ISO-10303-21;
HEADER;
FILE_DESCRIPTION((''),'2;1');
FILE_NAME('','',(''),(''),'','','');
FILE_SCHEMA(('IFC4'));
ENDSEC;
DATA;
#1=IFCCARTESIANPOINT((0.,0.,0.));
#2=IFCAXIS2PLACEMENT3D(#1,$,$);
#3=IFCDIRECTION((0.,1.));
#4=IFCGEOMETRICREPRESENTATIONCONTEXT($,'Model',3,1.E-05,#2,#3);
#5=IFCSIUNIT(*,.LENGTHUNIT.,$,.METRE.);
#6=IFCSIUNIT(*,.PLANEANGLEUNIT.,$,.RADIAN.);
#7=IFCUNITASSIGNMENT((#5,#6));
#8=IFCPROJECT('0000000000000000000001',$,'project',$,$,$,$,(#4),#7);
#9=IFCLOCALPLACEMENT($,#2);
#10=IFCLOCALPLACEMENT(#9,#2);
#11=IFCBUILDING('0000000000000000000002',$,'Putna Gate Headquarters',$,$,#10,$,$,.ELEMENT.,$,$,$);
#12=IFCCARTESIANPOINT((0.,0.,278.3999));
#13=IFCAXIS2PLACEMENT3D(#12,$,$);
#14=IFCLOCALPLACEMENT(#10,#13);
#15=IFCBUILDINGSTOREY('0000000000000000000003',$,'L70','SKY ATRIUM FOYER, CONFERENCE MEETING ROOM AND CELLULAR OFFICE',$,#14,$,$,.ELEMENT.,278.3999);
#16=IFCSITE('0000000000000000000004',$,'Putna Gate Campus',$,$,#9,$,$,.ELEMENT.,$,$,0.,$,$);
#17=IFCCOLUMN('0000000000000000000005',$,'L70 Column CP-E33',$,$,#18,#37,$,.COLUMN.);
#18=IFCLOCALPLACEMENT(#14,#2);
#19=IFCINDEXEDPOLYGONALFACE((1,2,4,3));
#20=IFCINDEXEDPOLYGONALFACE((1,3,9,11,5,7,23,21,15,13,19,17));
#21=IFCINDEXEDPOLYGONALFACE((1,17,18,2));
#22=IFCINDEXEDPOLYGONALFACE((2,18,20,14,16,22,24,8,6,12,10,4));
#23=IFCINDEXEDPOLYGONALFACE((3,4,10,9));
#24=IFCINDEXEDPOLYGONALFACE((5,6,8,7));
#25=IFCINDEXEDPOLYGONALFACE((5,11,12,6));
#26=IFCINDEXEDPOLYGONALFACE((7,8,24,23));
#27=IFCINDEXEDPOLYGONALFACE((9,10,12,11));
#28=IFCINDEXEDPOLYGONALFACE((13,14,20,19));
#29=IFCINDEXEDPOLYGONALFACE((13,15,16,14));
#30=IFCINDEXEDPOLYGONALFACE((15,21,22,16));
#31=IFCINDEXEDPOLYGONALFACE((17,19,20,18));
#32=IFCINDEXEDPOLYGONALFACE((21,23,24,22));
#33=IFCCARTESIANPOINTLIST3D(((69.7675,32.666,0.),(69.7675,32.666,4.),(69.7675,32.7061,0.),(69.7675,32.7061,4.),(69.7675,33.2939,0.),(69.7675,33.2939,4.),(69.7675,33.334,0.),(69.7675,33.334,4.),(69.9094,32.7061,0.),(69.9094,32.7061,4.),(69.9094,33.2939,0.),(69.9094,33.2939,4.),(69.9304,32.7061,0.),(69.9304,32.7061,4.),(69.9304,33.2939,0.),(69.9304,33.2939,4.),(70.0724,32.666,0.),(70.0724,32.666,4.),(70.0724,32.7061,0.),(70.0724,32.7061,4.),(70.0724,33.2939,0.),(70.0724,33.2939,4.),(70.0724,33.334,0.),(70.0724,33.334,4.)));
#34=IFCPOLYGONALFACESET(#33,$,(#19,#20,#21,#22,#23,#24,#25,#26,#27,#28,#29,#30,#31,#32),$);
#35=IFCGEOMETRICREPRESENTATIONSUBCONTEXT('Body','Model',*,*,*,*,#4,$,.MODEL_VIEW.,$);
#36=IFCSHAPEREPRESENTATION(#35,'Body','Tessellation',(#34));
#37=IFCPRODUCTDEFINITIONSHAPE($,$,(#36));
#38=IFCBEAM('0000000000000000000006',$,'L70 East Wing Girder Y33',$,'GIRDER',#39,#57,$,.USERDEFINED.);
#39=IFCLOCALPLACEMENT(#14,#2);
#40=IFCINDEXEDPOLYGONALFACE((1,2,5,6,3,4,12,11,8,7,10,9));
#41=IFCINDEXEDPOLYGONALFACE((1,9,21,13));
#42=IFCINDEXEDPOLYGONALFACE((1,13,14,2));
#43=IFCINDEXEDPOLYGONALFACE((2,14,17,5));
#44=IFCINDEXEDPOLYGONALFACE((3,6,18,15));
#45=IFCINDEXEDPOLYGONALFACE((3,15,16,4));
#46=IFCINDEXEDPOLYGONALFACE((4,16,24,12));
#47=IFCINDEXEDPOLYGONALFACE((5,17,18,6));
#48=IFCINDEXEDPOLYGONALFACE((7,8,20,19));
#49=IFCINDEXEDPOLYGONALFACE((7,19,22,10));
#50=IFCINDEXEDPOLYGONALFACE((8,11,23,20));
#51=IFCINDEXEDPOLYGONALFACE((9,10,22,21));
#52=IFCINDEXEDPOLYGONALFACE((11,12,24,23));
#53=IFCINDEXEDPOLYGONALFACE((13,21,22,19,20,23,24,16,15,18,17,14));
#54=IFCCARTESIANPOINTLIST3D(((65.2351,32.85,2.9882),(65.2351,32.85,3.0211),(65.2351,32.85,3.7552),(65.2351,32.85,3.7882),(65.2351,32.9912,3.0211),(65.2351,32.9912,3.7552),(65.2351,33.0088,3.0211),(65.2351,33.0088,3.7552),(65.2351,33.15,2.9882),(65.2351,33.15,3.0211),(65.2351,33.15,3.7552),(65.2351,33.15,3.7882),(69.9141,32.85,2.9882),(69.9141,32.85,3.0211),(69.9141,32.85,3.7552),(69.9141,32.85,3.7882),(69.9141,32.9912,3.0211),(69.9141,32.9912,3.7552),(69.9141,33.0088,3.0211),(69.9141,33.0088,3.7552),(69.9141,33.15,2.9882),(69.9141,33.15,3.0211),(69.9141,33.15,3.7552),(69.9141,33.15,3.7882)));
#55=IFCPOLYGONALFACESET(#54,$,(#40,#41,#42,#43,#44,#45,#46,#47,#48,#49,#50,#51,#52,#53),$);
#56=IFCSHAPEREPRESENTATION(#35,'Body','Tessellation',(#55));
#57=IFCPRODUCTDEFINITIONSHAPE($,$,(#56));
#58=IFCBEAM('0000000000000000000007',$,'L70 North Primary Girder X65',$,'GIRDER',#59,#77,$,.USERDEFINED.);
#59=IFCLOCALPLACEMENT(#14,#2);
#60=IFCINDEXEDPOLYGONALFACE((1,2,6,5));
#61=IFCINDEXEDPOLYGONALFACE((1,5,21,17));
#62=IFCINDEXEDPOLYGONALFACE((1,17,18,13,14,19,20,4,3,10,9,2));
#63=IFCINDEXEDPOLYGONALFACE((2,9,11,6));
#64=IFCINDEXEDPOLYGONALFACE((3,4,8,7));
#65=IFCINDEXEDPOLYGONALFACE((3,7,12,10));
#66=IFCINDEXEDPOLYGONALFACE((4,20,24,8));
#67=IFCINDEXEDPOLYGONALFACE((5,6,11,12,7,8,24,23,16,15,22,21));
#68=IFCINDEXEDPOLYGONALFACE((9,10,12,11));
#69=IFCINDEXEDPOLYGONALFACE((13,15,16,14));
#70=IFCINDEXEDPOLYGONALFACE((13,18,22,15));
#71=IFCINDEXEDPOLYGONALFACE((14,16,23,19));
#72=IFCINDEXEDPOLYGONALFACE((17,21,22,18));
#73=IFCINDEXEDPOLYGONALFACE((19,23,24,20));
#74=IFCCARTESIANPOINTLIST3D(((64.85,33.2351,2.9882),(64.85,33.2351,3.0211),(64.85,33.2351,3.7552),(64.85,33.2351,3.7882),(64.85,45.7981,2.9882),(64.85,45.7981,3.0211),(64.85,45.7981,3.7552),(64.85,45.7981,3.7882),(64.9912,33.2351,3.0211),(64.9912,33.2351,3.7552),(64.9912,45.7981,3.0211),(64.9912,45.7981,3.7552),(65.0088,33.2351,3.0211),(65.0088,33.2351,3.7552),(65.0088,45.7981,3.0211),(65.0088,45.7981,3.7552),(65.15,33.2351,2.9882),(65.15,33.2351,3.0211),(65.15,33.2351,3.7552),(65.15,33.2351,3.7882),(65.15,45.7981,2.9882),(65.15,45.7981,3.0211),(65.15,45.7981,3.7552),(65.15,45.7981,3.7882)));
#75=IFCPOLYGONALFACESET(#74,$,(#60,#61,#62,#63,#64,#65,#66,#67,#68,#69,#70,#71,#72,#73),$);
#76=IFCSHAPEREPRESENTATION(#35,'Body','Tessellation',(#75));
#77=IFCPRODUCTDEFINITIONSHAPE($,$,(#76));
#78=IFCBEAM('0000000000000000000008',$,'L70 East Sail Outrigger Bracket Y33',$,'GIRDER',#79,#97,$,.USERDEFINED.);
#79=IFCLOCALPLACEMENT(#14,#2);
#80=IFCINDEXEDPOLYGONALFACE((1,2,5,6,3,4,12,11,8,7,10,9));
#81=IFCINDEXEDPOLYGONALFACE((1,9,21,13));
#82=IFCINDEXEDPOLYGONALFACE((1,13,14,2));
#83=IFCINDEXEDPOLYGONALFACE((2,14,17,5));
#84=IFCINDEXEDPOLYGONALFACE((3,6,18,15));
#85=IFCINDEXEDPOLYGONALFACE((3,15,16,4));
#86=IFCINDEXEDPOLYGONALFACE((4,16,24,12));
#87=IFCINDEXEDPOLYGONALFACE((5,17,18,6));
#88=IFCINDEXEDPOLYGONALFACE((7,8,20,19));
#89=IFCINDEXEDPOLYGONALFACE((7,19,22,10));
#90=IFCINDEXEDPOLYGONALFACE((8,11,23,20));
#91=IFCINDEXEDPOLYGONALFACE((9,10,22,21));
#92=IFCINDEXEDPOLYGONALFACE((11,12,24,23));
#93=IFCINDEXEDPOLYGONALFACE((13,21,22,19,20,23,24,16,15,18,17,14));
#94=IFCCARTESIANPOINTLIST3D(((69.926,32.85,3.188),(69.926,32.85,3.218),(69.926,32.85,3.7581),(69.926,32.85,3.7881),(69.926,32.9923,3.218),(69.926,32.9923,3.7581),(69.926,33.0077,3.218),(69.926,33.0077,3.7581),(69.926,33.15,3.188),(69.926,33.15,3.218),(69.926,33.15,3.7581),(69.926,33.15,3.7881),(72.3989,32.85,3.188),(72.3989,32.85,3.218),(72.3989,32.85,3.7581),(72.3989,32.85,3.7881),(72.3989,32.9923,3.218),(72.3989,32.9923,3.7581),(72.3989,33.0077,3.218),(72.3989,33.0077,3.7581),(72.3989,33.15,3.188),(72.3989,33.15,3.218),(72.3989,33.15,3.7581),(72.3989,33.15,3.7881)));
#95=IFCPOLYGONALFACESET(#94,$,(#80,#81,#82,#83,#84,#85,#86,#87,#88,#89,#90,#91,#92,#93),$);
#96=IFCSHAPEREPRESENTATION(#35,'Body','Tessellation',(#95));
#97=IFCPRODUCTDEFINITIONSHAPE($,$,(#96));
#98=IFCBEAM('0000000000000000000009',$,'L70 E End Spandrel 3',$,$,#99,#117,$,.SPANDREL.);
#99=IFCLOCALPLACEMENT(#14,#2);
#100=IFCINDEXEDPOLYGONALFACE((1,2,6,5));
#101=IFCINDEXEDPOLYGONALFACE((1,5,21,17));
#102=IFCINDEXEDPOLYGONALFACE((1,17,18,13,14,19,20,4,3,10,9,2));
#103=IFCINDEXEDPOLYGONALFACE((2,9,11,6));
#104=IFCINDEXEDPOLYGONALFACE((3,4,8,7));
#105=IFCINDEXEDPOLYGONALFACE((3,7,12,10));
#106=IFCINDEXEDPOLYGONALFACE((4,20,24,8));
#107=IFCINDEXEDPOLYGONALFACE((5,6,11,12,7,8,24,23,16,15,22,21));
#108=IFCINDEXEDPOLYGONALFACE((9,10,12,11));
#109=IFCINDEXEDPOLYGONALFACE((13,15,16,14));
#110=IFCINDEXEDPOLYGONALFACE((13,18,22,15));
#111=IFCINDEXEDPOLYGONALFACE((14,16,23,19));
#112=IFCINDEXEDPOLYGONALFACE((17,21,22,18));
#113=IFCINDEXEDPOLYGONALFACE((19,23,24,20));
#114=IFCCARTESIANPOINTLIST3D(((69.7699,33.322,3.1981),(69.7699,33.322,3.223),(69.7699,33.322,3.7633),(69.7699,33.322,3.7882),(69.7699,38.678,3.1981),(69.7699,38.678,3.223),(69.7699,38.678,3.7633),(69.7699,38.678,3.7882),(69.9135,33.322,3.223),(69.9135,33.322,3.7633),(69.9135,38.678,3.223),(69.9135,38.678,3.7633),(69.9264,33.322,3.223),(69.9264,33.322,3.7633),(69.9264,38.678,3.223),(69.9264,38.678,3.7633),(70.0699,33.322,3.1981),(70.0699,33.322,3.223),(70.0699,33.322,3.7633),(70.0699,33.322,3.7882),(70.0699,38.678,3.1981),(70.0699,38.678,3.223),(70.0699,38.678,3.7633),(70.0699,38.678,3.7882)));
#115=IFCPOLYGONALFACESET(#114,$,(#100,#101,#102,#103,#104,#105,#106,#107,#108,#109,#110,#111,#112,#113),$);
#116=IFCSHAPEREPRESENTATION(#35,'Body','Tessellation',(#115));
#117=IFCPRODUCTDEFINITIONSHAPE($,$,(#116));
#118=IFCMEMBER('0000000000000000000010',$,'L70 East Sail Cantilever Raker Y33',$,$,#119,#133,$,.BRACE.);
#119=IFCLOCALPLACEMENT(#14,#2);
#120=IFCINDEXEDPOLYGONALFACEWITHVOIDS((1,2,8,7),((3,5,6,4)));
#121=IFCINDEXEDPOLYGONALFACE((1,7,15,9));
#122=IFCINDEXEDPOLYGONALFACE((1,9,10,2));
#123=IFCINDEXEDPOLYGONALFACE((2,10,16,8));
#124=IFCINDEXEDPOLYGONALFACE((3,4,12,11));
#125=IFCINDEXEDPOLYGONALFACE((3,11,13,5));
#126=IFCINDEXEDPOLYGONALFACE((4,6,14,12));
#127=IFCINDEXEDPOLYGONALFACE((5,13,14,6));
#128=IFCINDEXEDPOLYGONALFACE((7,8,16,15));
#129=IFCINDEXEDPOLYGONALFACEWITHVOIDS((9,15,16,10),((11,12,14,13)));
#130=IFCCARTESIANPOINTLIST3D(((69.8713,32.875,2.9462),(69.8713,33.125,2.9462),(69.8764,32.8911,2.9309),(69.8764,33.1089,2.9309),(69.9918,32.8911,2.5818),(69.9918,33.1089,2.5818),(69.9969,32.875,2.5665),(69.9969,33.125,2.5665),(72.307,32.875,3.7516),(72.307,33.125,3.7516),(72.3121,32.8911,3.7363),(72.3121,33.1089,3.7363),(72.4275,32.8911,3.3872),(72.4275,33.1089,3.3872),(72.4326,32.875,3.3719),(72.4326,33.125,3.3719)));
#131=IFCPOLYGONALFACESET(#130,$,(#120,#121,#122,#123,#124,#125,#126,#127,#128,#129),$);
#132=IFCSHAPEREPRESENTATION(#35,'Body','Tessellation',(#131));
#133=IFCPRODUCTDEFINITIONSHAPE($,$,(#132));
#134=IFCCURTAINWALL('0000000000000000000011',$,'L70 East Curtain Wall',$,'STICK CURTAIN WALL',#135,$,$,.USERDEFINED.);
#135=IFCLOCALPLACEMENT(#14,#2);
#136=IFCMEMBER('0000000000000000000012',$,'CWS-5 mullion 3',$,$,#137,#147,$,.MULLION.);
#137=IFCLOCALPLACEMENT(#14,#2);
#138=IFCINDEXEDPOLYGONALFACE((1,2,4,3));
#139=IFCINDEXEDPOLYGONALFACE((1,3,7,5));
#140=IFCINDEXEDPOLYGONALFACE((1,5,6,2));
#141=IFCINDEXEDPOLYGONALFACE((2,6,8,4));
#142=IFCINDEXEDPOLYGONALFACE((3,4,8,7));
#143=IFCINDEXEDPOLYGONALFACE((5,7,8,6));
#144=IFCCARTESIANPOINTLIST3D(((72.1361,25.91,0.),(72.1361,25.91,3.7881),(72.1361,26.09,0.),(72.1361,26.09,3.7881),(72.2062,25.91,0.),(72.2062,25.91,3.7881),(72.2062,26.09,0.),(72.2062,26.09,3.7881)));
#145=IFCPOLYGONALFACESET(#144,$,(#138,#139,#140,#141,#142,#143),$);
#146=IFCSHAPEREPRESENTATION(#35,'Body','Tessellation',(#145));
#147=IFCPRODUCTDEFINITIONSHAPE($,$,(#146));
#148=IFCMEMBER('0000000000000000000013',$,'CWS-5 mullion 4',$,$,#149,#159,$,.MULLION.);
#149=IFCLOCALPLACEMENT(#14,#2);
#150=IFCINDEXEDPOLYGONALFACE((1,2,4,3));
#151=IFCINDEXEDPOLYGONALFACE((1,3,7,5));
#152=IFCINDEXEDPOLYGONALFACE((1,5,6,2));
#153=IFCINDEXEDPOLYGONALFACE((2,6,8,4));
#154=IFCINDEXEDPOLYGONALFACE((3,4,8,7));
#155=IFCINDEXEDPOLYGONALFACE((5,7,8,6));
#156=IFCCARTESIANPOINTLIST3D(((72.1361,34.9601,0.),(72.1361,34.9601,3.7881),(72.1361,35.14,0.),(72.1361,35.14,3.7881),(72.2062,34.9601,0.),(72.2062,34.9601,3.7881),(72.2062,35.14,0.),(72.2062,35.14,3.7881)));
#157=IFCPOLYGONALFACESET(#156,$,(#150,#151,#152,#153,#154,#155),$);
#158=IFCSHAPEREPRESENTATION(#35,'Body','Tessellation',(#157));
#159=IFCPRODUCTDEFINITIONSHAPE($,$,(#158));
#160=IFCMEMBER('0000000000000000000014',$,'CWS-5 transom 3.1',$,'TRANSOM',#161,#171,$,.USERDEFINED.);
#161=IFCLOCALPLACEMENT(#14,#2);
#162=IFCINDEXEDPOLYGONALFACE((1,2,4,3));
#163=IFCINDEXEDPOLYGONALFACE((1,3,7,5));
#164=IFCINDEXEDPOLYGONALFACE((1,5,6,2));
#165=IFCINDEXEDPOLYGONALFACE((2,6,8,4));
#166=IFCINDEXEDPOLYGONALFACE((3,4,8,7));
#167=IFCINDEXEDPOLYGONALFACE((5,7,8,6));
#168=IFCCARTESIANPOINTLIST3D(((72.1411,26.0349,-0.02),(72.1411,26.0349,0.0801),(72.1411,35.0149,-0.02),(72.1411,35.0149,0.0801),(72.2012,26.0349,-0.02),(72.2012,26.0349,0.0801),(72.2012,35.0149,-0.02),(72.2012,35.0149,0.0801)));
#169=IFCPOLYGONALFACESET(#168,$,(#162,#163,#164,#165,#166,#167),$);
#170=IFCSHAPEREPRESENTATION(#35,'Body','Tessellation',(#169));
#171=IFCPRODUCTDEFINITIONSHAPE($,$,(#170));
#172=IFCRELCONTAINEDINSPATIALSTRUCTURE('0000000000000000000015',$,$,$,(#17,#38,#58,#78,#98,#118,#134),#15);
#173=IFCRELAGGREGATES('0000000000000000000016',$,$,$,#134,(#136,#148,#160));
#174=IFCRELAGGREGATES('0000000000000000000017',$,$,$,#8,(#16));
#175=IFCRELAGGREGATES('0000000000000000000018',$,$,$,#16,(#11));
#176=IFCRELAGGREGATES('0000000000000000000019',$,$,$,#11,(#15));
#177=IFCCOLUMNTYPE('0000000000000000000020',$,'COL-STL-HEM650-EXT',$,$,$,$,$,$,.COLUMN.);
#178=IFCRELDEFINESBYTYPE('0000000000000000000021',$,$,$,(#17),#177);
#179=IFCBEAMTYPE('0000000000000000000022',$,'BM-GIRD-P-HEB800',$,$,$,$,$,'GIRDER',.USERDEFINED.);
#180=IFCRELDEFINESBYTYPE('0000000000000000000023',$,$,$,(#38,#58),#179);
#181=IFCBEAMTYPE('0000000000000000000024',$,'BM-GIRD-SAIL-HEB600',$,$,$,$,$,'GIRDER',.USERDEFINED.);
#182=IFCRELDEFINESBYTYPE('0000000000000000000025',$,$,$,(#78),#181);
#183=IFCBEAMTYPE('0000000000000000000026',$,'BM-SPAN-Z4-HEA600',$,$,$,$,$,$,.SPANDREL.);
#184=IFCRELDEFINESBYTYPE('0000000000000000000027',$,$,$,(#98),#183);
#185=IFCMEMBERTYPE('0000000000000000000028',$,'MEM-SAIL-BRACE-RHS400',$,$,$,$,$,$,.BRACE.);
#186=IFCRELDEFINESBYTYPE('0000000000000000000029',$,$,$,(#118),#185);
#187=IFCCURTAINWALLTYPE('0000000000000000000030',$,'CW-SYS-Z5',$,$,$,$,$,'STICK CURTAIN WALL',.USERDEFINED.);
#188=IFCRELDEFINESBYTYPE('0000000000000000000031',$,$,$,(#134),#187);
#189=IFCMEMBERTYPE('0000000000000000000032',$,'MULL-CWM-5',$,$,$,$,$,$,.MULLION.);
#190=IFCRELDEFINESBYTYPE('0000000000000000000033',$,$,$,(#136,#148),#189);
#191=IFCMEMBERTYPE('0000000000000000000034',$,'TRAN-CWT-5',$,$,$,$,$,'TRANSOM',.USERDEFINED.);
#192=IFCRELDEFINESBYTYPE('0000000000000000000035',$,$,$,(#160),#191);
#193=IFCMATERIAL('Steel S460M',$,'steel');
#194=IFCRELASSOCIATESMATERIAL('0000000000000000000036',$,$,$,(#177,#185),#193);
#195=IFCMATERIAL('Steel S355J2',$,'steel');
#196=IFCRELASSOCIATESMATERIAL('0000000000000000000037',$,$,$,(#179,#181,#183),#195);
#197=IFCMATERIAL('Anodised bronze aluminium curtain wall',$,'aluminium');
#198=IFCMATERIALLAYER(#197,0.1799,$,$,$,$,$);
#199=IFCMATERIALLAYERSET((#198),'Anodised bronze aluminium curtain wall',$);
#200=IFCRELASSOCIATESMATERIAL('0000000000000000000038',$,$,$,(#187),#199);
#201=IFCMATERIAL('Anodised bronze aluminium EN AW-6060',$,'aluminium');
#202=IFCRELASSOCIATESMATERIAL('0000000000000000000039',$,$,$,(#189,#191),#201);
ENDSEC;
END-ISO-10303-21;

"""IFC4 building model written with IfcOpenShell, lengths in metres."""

from ifc_helpers import new_model, si_unit, direction, frame, origin, origin_2d, place, context, subcontext, project, spatial, rectangle, hollow_rectangle, i_section, extrude, material, layer, layer_set, material_profile, profile_set, type_object, element, aggregate, save


model = new_model("IFC4")

# Units and contexts
model_context = context("Model", 3, precision=1e-05, world=origin(), true_north=direction((0.0, 1.0)))
body_context = subcontext(model_context, "Body", "Model", "MODEL_VIEW")
ifc_project = project(units=[si_unit("LENGTHUNIT", "METRE"), si_unit("PLANEANGLEUNIT", "RADIAN")], contexts=[model_context])

# Site, building, storey
site_placement = place(None, origin())
site = spatial("IfcSite", under=ifc_project, at=site_placement, Name="Putna Gate Campus", CompositionType="ELEMENT", RefElevation=0.0)
building_placement = place(site_placement, origin())
building = spatial("IfcBuilding", under=site, at=building_placement, Name="Putna Gate Headquarters", CompositionType="ELEMENT")
storey_placement = place(building_placement, frame((0.0, 0.0, 278.3999)))
storey = spatial("IfcBuildingStorey", under=building, at=storey_placement, Name="L70", Description="SKY ATRIUM FOYER, CONFERENCE MEETING ROOM AND CELLULAR OFFICE", CompositionType="ELEMENT", Elevation=278.3999)

# Column
ifc_material_1 = material(Name="Steel S460M", Category="steel")
ifc_material_profile_1 = material_profile(ifc_material_1, i_section(OverallWidth=0.3049, OverallDepth=0.668, WebThickness=0.021, FlangeThickness=0.04, at=origin_2d()), Name="Steel S460M")
ifc_profile_set_1 = profile_set([ifc_material_profile_1], Name="Steel S460M")
column_type = type_object("IfcColumnType", Name="COL-STL-HEM650-EXT", PredefinedType="COLUMN", material=ifc_profile_set_1)
column_placement = place(storey_placement, frame((69.9199, 33.0, 0.0), z_axis=(0.0, 0.0, 1.0), x_axis=(1.0, 0.0, 0.0)))
element("IfcColumn", 1, at=column_placement, inside=storey, type_object=column_type, Name="L70 Column CP-E33", PredefinedType="COLUMN", context=body_context, shape_type="SweptSolid", body=[
    extrude(i_section(OverallWidth=0.3049, OverallDepth=0.668, WebThickness=0.021, FlangeThickness=0.04, at=origin_2d()), origin(), (0.0, 0.0, 1.0), 4.0),
])

# Beams
ifc_material_2 = material(Name="Steel S355J2", Category="steel")
ifc_material_profile_2 = material_profile(ifc_material_2, i_section(OverallWidth=0.3, OverallDepth=0.8, WebThickness=0.0176, FlangeThickness=0.033, at=origin_2d()), Name="Steel S355J2")
ifc_profile_set_2 = profile_set([ifc_material_profile_2], Name="Steel S355J2")
beam_type_1 = type_object("IfcBeamType", Name="BM-GIRD-P-HEB800", ElementType="GIRDER", PredefinedType="USERDEFINED", material=ifc_profile_set_2)
beam_1_placement = place(storey_placement, frame((65.2351, 33.0, 3.3882), z_axis=(1.0, 0.0, 0.0), x_axis=(0.0, 1.0, 0.0)))
element("IfcBeam", 2, at=beam_1_placement, inside=storey, type_object=beam_type_1, Name="L70 East Wing Girder Y33", ObjectType="GIRDER", PredefinedType="USERDEFINED", context=body_context, shape_type="SweptSolid", body=[
    extrude(i_section(OverallWidth=0.3, OverallDepth=0.8, WebThickness=0.0176, FlangeThickness=0.033, at=origin_2d()), origin(), (0.0, 0.0, 1.0), 4.679),
])
beam_2_placement = place(storey_placement, frame((65.0, 33.2351, 3.3882), z_axis=(0.0, 1.0, 0.0), x_axis=(-1.0, 0.0, 0.0)))
element("IfcBeam", 3, at=beam_2_placement, inside=storey, type_object=beam_type_1, Name="L70 North Primary Girder X65", ObjectType="GIRDER", PredefinedType="USERDEFINED", context=body_context, shape_type="SweptSolid", body=[
    extrude(i_section(OverallWidth=0.3, OverallDepth=0.8, WebThickness=0.0176, FlangeThickness=0.033, at=origin_2d()), origin(), (0.0, 0.0, 1.0), 12.563),
])
ifc_material_profile_3 = material_profile(ifc_material_2, i_section(OverallWidth=0.3, OverallDepth=0.6001, WebThickness=0.0154, FlangeThickness=0.03, at=origin_2d()), Name="Steel S355J2")
ifc_profile_set_3 = profile_set([ifc_material_profile_3], Name="Steel S355J2")
beam_type_2 = type_object("IfcBeamType", Name="BM-GIRD-SAIL-HEB600", ElementType="GIRDER", PredefinedType="USERDEFINED", material=ifc_profile_set_3)
beam_3_placement = place(storey_placement, frame((69.926, 33.0, 3.488), z_axis=(1.0, 0.0, 0.0), x_axis=(0.0, 1.0, 0.0)))
element("IfcBeam", 4, at=beam_3_placement, inside=storey, type_object=beam_type_2, Name="L70 East Sail Outrigger Bracket Y33", ObjectType="GIRDER", PredefinedType="USERDEFINED", context=body_context, shape_type="SweptSolid", body=[
    extrude(i_section(OverallWidth=0.3, OverallDepth=0.6001, WebThickness=0.0154, FlangeThickness=0.03, at=origin_2d()), origin(), (0.0, 0.0, 1.0), 2.4729),
])
ifc_material_profile_4 = material_profile(ifc_material_2, i_section(OverallWidth=0.3, OverallDepth=0.5901, WebThickness=0.0129, FlangeThickness=0.0249, at=origin_2d()), Name="Steel S355J2")
ifc_profile_set_4 = profile_set([ifc_material_profile_4], Name="Steel S355J2")
beam_type_3 = type_object("IfcBeamType", Name="BM-SPAN-Z4-HEA600", PredefinedType="SPANDREL", material=ifc_profile_set_4)
beam_4_placement = place(storey_placement, frame((69.9199, 33.322, 3.4932), z_axis=(0.0, 1.0, 0.0), x_axis=(-1.0, 0.0, 0.0)))
element("IfcBeam", 5, at=beam_4_placement, inside=storey, type_object=beam_type_3, Name="L70 E End Spandrel 3", PredefinedType="SPANDREL", context=body_context, shape_type="SweptSolid", body=[
    extrude(i_section(OverallWidth=0.3, OverallDepth=0.5901, WebThickness=0.0129, FlangeThickness=0.0249, at=origin_2d()), origin(), (0.0, 0.0, 1.0), 5.356),
])

# Member
ifc_material_profile_5 = material_profile(ifc_material_1, hollow_rectangle(XDim=0.25, YDim=0.3999, WallThickness=0.0161, at=origin_2d()), Name="Steel S460M")
ifc_profile_set_5 = profile_set([ifc_material_profile_5], Name="Steel S460M")
member_type_1 = type_object("IfcMemberType", Name="MEM-SAIL-BRACE-RHS400", PredefinedType="BRACE", material=ifc_profile_set_5)
member_1_placement = place(storey_placement, frame((69.9341, 33.0, 2.7563), z_axis=(0.949442, 0.0, 0.313943), x_axis=(0.0, 1.0, 0.0)))
element("IfcMember", 6, at=member_1_placement, inside=storey, type_object=member_type_1, Name="L70 East Sail Cantilever Raker Y33", PredefinedType="BRACE", context=body_context, shape_type="SweptSolid", body=[
    extrude(hollow_rectangle(XDim=0.25, YDim=0.3999, WallThickness=0.0161, at=origin_2d()), origin(), (0.0, 0.0, 1.0), 2.5654),
])

# Curtain wall, members
ifc_material_3 = material(Name="Anodised bronze aluminium curtain wall", Category="aluminium")
ifc_layer_1 = layer(ifc_material_3, 0.1799)
ifc_layer_set_1 = layer_set([ifc_layer_1], Name="Anodised bronze aluminium curtain wall")
curtain_wall_type = type_object("IfcCurtainWallType", Name="CW-SYS-Z5", ElementType="STICK CURTAIN WALL", PredefinedType="USERDEFINED", material=ifc_layer_set_1)
curtain_wall_placement = place(storey_placement, origin())
curtain_wall = element("IfcCurtainWall", 7, at=curtain_wall_placement, inside=storey, type_object=curtain_wall_type, Name="L70 East Curtain Wall", ObjectType="STICK CURTAIN WALL", PredefinedType="USERDEFINED")
ifc_material_4 = material(Name="Anodised bronze aluminium EN AW-6060", Category="aluminium")
ifc_material_profile_6 = material_profile(ifc_material_4, rectangle(XDim=0.0701, YDim=0.1799, at=origin_2d()), Name="Anodised bronze aluminium EN AW-6060")
ifc_profile_set_6 = profile_set([ifc_material_profile_6], Name="Anodised bronze aluminium EN AW-6060")
member_type_2 = type_object("IfcMemberType", Name="MULL-CWM-5", PredefinedType="MULLION", material=ifc_profile_set_6)
member_2_placement = place(storey_placement, frame((72.1711, 26.0, 0.0), z_axis=(0.0, 0.0, 1.0), x_axis=(-1.0, 0.0, 0.0)))
member_2 = element("IfcMember", 8, at=member_2_placement, type_object=member_type_2, Name="CWS-5 mullion 3", PredefinedType="MULLION", context=body_context, shape_type="SweptSolid", body=[
    extrude(rectangle(XDim=0.0701, YDim=0.1799, at=origin_2d()), origin(), (0.0, 0.0, 1.0), 3.7881),
])
member_3_placement = place(storey_placement, frame((72.1711, 35.05, 0.0), z_axis=(0.0, 0.0, 1.0), x_axis=(-1.0, 0.0, 0.0)))
member_3 = element("IfcMember", 9, at=member_3_placement, type_object=member_type_2, Name="CWS-5 mullion 4", PredefinedType="MULLION", context=body_context, shape_type="SweptSolid", body=[
    extrude(rectangle(XDim=0.0701, YDim=0.1799, at=origin_2d()), origin(), (0.0, 0.0, 1.0), 3.7881),
])
ifc_material_profile_7 = material_profile(ifc_material_4, rectangle(XDim=0.0601, YDim=0.1001, at=origin_2d()), Name="Anodised bronze aluminium EN AW-6060")
ifc_profile_set_7 = profile_set([ifc_material_profile_7], Name="Anodised bronze aluminium EN AW-6060")
member_type_3 = type_object("IfcMemberType", Name="TRAN-CWT-5", ElementType="TRANSOM", PredefinedType="USERDEFINED", material=ifc_profile_set_7)
member_4_placement = place(storey_placement, frame((72.1711, 26.0349, 0.03), z_axis=(0.0, 1.0, 0.0), x_axis=(-1.0, 0.0, 0.0)))
member_4 = element("IfcMember", 10, at=member_4_placement, type_object=member_type_3, Name="CWS-5 transom 3.1", ObjectType="TRANSOM", PredefinedType="USERDEFINED", context=body_context, shape_type="SweptSolid", body=[
    extrude(rectangle(XDim=0.0601, YDim=0.1001, at=origin_2d()), origin(), (0.0, 0.0, 1.0), 8.98),
])
aggregate(curtain_wall, [member_2, member_3, member_4])

save(model, "model.ifc")
